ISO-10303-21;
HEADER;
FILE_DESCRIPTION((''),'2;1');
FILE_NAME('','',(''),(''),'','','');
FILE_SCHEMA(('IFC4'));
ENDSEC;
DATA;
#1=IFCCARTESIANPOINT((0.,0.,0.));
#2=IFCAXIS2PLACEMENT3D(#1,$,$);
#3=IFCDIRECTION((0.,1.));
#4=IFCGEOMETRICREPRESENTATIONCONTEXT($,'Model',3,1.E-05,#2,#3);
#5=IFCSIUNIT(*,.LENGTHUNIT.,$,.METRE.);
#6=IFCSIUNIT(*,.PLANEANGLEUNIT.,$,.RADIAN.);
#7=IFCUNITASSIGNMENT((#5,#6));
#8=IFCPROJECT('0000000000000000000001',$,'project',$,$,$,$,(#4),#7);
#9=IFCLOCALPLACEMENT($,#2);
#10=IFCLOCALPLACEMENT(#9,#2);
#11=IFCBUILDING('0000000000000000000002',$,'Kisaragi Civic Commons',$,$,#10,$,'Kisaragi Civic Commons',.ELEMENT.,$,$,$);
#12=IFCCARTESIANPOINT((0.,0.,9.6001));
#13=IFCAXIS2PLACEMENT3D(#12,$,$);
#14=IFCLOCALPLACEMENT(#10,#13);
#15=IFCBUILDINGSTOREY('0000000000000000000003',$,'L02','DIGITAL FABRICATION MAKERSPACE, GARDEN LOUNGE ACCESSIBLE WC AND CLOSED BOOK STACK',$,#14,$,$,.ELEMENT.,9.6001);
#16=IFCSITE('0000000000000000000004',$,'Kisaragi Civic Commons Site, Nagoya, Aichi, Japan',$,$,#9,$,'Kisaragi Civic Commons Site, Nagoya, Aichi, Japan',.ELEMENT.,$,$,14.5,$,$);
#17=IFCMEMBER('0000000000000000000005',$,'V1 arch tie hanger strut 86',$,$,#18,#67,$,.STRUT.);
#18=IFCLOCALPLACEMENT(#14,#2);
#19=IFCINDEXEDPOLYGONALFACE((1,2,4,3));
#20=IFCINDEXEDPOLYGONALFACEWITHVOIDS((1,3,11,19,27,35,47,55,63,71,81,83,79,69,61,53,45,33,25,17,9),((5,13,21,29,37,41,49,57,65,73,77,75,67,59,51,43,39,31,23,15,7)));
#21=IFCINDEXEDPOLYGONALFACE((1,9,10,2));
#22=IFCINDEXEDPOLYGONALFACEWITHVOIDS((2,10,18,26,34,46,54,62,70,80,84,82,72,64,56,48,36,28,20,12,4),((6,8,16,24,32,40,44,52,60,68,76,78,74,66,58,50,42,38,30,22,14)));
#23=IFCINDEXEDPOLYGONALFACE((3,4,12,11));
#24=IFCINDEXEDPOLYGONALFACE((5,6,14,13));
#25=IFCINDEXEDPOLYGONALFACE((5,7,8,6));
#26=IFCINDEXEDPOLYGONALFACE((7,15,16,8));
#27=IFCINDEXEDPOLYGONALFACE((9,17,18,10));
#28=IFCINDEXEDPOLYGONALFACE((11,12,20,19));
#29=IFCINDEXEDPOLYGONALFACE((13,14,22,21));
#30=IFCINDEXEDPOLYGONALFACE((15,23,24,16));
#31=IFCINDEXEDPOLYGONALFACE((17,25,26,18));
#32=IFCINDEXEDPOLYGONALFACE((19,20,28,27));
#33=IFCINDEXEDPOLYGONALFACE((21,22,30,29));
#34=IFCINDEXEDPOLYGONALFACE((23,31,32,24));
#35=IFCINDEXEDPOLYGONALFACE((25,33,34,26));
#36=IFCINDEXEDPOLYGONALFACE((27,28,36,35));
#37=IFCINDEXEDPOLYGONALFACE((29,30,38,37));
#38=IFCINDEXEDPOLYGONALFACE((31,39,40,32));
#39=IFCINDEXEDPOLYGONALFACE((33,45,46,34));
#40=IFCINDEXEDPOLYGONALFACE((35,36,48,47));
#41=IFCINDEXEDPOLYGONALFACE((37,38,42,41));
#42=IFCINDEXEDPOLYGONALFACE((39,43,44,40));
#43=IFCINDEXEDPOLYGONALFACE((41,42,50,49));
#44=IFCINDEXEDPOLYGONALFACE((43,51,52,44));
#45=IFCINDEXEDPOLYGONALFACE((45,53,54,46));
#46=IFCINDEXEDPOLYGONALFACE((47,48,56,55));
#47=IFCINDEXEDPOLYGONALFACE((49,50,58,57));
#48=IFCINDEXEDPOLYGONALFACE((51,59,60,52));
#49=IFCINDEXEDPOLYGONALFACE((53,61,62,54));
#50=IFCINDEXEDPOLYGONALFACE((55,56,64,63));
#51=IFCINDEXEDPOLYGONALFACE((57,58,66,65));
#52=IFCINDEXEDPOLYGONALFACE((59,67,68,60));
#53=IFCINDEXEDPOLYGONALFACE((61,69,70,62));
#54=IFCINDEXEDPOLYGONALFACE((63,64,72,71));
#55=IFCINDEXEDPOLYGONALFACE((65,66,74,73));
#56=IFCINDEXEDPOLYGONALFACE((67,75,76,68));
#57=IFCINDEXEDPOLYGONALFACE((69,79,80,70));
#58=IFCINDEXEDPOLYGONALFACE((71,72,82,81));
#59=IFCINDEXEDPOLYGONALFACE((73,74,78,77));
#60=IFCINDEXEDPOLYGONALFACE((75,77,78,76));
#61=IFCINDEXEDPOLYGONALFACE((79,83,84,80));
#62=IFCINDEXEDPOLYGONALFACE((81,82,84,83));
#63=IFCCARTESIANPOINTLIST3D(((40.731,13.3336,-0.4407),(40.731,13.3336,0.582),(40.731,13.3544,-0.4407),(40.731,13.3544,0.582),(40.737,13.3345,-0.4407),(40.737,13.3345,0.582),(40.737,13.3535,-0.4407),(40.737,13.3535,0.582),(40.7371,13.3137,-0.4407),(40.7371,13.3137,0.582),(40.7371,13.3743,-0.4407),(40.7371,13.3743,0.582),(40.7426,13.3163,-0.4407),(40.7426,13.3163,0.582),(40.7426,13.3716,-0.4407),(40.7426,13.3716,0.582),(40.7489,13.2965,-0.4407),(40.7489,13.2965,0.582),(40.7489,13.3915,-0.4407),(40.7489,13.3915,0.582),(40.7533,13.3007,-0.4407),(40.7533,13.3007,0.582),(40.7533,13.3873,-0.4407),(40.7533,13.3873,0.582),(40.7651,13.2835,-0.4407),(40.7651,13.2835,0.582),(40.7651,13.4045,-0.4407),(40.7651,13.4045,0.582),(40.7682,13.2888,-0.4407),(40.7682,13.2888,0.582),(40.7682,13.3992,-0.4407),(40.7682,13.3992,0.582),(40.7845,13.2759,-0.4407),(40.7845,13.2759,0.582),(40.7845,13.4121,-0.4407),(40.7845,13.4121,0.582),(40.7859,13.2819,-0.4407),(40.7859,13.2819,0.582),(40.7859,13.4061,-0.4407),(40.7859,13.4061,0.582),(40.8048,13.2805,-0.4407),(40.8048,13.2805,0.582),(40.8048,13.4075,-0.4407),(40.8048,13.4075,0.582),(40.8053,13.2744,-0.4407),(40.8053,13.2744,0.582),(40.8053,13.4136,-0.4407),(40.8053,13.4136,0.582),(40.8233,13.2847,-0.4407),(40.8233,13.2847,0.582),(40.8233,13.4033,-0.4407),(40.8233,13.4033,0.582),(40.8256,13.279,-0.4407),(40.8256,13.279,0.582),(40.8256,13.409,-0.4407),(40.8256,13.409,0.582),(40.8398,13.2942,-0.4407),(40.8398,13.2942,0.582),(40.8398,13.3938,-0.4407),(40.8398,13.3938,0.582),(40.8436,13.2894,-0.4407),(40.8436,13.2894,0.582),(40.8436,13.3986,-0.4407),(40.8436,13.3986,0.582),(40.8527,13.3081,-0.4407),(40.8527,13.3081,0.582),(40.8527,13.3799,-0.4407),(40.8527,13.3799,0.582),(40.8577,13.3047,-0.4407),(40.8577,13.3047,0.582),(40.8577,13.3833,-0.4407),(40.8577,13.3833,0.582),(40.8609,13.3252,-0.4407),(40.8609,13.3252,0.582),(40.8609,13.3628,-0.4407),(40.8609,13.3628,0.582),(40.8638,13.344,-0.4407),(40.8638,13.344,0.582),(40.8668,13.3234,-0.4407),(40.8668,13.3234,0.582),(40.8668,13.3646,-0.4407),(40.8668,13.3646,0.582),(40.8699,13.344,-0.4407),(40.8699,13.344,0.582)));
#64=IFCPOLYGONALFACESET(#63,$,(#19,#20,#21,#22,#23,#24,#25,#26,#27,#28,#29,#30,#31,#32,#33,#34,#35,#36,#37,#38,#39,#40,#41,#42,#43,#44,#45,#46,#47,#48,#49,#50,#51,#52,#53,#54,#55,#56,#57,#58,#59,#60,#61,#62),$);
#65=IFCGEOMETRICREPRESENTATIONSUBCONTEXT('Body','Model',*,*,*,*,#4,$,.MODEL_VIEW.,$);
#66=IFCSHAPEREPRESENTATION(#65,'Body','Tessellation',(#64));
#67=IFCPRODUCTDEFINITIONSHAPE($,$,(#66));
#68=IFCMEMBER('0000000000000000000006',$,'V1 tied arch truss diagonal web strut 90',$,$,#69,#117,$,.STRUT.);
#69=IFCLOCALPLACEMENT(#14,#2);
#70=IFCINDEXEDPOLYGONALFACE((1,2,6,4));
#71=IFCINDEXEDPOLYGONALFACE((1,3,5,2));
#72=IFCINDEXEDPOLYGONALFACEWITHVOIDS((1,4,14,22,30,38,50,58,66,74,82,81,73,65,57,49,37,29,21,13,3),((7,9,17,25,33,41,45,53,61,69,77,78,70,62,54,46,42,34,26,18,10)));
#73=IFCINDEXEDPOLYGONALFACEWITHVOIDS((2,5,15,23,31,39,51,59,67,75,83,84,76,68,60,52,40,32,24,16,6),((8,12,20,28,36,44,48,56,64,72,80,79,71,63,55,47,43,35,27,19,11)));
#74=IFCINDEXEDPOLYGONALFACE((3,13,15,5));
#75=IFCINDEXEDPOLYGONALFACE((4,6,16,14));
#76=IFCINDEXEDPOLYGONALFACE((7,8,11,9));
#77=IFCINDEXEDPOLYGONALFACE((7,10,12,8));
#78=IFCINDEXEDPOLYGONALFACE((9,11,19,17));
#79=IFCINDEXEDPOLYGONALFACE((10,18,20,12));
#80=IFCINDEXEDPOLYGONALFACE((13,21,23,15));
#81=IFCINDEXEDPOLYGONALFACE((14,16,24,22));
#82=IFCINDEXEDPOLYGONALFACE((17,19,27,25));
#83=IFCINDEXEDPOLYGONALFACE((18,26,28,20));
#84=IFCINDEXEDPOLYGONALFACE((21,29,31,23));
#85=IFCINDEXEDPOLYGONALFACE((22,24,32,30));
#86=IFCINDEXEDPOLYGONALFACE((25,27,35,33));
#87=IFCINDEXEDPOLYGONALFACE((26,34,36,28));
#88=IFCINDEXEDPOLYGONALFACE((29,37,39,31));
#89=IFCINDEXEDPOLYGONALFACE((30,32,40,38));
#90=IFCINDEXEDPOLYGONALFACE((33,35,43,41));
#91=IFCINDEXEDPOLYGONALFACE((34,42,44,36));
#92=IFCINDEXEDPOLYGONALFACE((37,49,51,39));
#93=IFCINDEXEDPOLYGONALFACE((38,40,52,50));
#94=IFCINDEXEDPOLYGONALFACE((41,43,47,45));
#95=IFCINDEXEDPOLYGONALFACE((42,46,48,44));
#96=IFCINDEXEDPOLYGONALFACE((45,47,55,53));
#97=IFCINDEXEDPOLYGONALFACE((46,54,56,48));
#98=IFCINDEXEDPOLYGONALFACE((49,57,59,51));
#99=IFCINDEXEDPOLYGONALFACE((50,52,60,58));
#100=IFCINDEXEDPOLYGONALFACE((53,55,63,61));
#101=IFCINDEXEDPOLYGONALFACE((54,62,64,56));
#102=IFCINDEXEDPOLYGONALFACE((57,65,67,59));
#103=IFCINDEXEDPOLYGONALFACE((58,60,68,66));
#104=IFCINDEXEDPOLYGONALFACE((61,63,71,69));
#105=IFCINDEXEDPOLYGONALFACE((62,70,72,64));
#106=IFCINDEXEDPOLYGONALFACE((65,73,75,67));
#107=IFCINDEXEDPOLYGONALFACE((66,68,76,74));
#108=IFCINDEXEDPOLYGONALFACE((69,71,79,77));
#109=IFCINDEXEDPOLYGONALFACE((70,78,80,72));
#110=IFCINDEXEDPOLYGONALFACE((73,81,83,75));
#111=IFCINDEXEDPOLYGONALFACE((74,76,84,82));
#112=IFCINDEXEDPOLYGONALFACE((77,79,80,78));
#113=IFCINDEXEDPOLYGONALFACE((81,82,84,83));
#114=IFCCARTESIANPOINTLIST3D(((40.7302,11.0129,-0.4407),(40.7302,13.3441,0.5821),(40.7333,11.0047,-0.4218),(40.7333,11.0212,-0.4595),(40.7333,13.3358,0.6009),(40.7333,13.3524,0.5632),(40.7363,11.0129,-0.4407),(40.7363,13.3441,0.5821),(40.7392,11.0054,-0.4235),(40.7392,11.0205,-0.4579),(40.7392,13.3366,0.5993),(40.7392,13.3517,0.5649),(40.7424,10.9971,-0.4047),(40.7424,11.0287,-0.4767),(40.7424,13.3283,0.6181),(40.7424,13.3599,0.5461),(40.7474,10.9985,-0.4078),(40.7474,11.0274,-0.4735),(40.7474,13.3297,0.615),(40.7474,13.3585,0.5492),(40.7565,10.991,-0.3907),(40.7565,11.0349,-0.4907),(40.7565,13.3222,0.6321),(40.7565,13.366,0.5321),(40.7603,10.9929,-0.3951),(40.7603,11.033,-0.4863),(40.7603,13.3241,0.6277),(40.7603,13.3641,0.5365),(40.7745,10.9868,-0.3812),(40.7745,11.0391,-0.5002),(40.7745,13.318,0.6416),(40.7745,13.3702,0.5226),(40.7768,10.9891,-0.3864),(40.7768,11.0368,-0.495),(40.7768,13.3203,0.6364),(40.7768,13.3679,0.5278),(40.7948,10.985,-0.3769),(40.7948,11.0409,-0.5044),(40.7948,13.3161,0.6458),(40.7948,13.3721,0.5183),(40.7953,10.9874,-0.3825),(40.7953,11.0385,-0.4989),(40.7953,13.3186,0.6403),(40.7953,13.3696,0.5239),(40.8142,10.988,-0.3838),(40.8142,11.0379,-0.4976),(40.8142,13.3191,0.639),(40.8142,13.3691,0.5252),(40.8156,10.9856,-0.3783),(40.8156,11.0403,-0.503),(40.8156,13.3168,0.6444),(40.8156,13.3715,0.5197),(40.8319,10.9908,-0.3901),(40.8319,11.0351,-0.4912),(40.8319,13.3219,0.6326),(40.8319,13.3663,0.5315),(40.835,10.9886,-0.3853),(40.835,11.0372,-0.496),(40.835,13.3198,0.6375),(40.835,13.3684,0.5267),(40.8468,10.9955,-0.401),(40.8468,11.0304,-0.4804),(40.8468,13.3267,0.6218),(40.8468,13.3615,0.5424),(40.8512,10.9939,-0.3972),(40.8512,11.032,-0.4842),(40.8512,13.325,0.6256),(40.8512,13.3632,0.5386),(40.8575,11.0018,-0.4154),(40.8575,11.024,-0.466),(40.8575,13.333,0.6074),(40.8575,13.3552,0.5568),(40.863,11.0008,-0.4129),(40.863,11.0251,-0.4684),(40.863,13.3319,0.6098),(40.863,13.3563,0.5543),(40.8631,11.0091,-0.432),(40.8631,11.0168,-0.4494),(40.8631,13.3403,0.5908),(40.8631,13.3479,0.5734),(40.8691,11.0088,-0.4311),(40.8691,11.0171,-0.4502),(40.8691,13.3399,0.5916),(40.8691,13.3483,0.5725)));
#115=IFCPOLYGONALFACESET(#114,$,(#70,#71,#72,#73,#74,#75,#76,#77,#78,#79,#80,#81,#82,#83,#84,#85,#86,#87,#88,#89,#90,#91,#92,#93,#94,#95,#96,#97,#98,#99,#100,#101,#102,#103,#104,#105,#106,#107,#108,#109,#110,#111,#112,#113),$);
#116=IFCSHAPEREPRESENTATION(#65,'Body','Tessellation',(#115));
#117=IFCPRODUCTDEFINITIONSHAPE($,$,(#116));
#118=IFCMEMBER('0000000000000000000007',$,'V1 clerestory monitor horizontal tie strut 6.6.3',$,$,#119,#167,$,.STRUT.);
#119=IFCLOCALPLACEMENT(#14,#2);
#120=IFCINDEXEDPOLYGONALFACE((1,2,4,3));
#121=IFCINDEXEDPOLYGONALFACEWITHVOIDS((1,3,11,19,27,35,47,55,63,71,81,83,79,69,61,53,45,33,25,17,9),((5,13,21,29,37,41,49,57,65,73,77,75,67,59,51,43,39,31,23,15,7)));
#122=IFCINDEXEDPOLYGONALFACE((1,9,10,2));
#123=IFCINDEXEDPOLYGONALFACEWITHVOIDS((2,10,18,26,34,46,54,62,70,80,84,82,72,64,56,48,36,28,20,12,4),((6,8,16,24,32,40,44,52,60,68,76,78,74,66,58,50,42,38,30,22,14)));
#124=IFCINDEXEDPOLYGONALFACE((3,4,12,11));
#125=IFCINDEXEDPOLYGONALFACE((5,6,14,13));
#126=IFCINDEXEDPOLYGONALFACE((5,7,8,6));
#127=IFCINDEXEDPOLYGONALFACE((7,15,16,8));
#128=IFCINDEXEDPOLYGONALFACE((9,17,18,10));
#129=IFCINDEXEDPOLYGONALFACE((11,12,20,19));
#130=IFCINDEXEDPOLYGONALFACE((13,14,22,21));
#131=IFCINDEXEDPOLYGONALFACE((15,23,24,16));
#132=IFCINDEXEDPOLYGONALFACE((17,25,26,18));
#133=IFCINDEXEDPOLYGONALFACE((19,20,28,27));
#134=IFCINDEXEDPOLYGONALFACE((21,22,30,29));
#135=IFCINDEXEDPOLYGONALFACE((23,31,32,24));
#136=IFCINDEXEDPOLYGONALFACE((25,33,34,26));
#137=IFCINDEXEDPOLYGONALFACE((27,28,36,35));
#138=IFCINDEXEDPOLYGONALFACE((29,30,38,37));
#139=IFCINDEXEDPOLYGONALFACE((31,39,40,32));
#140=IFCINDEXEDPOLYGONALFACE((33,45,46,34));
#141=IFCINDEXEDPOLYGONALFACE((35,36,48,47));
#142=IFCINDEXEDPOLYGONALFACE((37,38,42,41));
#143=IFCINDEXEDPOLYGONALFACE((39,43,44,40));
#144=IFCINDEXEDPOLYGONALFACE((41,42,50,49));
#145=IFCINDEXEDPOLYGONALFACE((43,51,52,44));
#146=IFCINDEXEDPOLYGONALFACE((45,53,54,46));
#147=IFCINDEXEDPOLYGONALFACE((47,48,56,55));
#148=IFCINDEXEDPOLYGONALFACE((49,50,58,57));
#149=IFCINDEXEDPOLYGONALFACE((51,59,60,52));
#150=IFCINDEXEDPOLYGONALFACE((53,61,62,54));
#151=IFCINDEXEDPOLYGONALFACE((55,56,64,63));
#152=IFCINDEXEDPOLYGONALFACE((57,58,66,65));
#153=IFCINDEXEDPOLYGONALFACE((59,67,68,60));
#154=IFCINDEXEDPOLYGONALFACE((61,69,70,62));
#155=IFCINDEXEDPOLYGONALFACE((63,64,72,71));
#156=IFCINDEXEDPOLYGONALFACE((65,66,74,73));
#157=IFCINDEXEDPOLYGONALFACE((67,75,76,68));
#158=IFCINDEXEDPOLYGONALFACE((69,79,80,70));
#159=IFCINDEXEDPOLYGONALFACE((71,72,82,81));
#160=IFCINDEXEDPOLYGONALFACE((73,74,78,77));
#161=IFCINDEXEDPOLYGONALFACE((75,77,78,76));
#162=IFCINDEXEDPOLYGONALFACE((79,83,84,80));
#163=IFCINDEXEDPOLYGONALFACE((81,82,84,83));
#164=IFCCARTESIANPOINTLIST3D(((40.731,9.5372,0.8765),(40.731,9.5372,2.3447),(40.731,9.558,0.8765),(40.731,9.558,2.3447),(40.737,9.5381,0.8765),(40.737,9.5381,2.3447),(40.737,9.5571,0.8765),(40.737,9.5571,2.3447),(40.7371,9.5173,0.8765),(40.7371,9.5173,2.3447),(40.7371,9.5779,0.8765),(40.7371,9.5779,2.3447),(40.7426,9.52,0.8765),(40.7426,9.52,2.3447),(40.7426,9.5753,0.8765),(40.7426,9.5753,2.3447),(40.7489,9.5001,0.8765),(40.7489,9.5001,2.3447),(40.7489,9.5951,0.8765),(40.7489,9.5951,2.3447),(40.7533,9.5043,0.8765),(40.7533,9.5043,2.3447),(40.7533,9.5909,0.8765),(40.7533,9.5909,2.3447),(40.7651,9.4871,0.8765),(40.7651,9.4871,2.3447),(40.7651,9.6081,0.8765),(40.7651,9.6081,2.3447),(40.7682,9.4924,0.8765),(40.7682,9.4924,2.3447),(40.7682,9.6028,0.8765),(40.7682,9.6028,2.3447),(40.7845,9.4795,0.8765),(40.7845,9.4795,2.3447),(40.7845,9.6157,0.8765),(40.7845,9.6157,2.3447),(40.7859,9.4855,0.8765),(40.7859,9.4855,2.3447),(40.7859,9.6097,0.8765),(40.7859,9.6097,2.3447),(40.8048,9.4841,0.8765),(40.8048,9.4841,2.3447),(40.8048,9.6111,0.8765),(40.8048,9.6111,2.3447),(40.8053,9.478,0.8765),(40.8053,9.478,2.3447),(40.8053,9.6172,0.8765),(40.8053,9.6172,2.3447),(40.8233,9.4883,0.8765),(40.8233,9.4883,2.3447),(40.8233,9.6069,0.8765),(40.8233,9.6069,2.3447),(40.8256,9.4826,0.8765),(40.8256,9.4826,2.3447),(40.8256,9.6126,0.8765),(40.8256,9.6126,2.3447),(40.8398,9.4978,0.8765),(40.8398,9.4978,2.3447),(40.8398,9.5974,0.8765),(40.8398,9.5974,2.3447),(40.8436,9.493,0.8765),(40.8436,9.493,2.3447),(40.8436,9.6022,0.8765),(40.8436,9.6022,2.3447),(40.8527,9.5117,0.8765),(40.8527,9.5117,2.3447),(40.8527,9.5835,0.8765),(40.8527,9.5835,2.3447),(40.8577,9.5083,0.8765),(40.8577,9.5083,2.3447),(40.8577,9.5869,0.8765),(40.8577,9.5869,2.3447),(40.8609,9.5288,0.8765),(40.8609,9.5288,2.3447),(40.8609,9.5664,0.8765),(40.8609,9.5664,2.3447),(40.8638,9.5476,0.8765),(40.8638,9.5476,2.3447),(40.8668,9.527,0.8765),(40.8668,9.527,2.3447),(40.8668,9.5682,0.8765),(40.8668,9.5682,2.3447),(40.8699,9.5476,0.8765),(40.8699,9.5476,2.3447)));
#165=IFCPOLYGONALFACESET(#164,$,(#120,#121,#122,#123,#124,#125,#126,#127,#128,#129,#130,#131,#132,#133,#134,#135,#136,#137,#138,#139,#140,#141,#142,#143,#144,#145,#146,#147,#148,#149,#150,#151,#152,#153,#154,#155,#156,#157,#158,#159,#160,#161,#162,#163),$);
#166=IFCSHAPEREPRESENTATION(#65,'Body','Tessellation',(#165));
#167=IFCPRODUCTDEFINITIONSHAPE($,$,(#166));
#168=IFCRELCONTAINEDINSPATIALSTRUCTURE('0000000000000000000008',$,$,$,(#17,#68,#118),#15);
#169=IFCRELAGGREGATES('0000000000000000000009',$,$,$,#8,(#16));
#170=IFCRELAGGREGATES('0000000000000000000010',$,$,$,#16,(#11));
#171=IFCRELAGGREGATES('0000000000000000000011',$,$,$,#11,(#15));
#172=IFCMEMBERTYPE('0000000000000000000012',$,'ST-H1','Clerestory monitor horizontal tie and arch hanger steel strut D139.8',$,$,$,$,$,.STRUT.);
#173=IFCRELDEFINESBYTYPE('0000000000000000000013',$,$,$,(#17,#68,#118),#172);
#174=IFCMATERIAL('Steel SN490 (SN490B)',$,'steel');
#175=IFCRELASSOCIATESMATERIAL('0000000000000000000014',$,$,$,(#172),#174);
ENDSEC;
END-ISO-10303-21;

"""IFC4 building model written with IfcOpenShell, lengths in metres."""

from ifc_helpers import new_model, si_unit, direction, frame, origin, origin_2d, place, context, subcontext, project, spatial, hollow_circle, extrude, material, material_profile, profile_set, type_object, element, save


model = new_model("IFC4")

# Units and contexts
model_context = context("Model", 3, precision=1e-05, world=origin(), true_north=direction((0.0, 1.0)))
body_context = subcontext(model_context, "Body", "Model", "MODEL_VIEW")
ifc_project = project(units=[si_unit("LENGTHUNIT", "METRE"), si_unit("PLANEANGLEUNIT", "RADIAN")], contexts=[model_context])

# Site, building, storey
site_placement = place(None, origin())
site = spatial("IfcSite", under=ifc_project, at=site_placement, Name="Kisaragi Civic Commons Site, Nagoya, Aichi, Japan", LongName="Kisaragi Civic Commons Site, Nagoya, Aichi, Japan", CompositionType="ELEMENT", RefElevation=14.5)
building_placement = place(site_placement, origin())
building = spatial("IfcBuilding", under=site, at=building_placement, Name="Kisaragi Civic Commons", LongName="Kisaragi Civic Commons", CompositionType="ELEMENT")
storey_placement = place(building_placement, frame((0.0, 0.0, 9.6001)))
storey = spatial("IfcBuildingStorey", under=building, at=storey_placement, Name="L02", Description="DIGITAL FABRICATION MAKERSPACE, GARDEN LOUNGE ACCESSIBLE WC AND CLOSED BOOK STACK", CompositionType="ELEMENT", Elevation=9.6001)

# Members
ifc_material_1 = material(Name="Steel SN490 (SN490B)", Category="steel")
ifc_material_profile_1 = material_profile(ifc_material_1, hollow_circle(Radius=0.0698, WallThickness=0.0061, at=origin_2d()), Name="CHS-139.8x6.0", Category="steel")
ifc_profile_set_1 = profile_set([ifc_material_profile_1], Name="Steel SN490 (SN490B)")
member_type_1 = type_object("IfcMemberType", Name="ST-H1", Description="Clerestory monitor horizontal tie and arch hanger steel strut D139.8", PredefinedType="STRUT", material=ifc_profile_set_1)
member_1_placement = place(storey_placement, frame((40.8, 13.344, -0.4407), z_axis=(0.0, 0.0, 1.0), x_axis=(1.0, 0.0, 0.0)))
element("IfcMember", 1, at=member_1_placement, inside=storey, type_object=member_type_1, Name="V1 arch tie hanger strut 86", PredefinedType="STRUT", context=body_context, shape_type="SweptSolid", body=[
    extrude(hollow_circle(Radius=0.0698, WallThickness=0.0061, at=origin_2d()), origin(), (0.0, 0.0, 1.0), 1.0227),
])
member_2_placement = place(storey_placement, frame((40.8, 11.0129, -0.4407), z_axis=(0.0, 0.915743, 0.401765), x_axis=(-1.0, 0.0, 0.0)))
element("IfcMember", 2, at=member_2_placement, inside=storey, type_object=member_type_1, Name="V1 tied arch truss diagonal web strut 90", PredefinedType="STRUT", context=body_context, shape_type="SweptSolid", body=[
    extrude(hollow_circle(Radius=0.0698, WallThickness=0.0061, at=origin_2d()), origin(), (0.0, 0.0, 1.0), 2.5457),
])
member_3_placement = place(storey_placement, frame((40.8, 9.5476, 0.8765), z_axis=(0.0, 0.0, 1.0), x_axis=(1.0, 0.0, 0.0)))
element("IfcMember", 3, at=member_3_placement, inside=storey, type_object=member_type_1, Name="V1 clerestory monitor horizontal tie strut 6.6.3", PredefinedType="STRUT", context=body_context, shape_type="SweptSolid", body=[
    extrude(hollow_circle(Radius=0.0698, WallThickness=0.0061, at=origin_2d()), origin(), (0.0, 0.0, 1.0), 1.4683),
])

save(model, "model.ifc")
